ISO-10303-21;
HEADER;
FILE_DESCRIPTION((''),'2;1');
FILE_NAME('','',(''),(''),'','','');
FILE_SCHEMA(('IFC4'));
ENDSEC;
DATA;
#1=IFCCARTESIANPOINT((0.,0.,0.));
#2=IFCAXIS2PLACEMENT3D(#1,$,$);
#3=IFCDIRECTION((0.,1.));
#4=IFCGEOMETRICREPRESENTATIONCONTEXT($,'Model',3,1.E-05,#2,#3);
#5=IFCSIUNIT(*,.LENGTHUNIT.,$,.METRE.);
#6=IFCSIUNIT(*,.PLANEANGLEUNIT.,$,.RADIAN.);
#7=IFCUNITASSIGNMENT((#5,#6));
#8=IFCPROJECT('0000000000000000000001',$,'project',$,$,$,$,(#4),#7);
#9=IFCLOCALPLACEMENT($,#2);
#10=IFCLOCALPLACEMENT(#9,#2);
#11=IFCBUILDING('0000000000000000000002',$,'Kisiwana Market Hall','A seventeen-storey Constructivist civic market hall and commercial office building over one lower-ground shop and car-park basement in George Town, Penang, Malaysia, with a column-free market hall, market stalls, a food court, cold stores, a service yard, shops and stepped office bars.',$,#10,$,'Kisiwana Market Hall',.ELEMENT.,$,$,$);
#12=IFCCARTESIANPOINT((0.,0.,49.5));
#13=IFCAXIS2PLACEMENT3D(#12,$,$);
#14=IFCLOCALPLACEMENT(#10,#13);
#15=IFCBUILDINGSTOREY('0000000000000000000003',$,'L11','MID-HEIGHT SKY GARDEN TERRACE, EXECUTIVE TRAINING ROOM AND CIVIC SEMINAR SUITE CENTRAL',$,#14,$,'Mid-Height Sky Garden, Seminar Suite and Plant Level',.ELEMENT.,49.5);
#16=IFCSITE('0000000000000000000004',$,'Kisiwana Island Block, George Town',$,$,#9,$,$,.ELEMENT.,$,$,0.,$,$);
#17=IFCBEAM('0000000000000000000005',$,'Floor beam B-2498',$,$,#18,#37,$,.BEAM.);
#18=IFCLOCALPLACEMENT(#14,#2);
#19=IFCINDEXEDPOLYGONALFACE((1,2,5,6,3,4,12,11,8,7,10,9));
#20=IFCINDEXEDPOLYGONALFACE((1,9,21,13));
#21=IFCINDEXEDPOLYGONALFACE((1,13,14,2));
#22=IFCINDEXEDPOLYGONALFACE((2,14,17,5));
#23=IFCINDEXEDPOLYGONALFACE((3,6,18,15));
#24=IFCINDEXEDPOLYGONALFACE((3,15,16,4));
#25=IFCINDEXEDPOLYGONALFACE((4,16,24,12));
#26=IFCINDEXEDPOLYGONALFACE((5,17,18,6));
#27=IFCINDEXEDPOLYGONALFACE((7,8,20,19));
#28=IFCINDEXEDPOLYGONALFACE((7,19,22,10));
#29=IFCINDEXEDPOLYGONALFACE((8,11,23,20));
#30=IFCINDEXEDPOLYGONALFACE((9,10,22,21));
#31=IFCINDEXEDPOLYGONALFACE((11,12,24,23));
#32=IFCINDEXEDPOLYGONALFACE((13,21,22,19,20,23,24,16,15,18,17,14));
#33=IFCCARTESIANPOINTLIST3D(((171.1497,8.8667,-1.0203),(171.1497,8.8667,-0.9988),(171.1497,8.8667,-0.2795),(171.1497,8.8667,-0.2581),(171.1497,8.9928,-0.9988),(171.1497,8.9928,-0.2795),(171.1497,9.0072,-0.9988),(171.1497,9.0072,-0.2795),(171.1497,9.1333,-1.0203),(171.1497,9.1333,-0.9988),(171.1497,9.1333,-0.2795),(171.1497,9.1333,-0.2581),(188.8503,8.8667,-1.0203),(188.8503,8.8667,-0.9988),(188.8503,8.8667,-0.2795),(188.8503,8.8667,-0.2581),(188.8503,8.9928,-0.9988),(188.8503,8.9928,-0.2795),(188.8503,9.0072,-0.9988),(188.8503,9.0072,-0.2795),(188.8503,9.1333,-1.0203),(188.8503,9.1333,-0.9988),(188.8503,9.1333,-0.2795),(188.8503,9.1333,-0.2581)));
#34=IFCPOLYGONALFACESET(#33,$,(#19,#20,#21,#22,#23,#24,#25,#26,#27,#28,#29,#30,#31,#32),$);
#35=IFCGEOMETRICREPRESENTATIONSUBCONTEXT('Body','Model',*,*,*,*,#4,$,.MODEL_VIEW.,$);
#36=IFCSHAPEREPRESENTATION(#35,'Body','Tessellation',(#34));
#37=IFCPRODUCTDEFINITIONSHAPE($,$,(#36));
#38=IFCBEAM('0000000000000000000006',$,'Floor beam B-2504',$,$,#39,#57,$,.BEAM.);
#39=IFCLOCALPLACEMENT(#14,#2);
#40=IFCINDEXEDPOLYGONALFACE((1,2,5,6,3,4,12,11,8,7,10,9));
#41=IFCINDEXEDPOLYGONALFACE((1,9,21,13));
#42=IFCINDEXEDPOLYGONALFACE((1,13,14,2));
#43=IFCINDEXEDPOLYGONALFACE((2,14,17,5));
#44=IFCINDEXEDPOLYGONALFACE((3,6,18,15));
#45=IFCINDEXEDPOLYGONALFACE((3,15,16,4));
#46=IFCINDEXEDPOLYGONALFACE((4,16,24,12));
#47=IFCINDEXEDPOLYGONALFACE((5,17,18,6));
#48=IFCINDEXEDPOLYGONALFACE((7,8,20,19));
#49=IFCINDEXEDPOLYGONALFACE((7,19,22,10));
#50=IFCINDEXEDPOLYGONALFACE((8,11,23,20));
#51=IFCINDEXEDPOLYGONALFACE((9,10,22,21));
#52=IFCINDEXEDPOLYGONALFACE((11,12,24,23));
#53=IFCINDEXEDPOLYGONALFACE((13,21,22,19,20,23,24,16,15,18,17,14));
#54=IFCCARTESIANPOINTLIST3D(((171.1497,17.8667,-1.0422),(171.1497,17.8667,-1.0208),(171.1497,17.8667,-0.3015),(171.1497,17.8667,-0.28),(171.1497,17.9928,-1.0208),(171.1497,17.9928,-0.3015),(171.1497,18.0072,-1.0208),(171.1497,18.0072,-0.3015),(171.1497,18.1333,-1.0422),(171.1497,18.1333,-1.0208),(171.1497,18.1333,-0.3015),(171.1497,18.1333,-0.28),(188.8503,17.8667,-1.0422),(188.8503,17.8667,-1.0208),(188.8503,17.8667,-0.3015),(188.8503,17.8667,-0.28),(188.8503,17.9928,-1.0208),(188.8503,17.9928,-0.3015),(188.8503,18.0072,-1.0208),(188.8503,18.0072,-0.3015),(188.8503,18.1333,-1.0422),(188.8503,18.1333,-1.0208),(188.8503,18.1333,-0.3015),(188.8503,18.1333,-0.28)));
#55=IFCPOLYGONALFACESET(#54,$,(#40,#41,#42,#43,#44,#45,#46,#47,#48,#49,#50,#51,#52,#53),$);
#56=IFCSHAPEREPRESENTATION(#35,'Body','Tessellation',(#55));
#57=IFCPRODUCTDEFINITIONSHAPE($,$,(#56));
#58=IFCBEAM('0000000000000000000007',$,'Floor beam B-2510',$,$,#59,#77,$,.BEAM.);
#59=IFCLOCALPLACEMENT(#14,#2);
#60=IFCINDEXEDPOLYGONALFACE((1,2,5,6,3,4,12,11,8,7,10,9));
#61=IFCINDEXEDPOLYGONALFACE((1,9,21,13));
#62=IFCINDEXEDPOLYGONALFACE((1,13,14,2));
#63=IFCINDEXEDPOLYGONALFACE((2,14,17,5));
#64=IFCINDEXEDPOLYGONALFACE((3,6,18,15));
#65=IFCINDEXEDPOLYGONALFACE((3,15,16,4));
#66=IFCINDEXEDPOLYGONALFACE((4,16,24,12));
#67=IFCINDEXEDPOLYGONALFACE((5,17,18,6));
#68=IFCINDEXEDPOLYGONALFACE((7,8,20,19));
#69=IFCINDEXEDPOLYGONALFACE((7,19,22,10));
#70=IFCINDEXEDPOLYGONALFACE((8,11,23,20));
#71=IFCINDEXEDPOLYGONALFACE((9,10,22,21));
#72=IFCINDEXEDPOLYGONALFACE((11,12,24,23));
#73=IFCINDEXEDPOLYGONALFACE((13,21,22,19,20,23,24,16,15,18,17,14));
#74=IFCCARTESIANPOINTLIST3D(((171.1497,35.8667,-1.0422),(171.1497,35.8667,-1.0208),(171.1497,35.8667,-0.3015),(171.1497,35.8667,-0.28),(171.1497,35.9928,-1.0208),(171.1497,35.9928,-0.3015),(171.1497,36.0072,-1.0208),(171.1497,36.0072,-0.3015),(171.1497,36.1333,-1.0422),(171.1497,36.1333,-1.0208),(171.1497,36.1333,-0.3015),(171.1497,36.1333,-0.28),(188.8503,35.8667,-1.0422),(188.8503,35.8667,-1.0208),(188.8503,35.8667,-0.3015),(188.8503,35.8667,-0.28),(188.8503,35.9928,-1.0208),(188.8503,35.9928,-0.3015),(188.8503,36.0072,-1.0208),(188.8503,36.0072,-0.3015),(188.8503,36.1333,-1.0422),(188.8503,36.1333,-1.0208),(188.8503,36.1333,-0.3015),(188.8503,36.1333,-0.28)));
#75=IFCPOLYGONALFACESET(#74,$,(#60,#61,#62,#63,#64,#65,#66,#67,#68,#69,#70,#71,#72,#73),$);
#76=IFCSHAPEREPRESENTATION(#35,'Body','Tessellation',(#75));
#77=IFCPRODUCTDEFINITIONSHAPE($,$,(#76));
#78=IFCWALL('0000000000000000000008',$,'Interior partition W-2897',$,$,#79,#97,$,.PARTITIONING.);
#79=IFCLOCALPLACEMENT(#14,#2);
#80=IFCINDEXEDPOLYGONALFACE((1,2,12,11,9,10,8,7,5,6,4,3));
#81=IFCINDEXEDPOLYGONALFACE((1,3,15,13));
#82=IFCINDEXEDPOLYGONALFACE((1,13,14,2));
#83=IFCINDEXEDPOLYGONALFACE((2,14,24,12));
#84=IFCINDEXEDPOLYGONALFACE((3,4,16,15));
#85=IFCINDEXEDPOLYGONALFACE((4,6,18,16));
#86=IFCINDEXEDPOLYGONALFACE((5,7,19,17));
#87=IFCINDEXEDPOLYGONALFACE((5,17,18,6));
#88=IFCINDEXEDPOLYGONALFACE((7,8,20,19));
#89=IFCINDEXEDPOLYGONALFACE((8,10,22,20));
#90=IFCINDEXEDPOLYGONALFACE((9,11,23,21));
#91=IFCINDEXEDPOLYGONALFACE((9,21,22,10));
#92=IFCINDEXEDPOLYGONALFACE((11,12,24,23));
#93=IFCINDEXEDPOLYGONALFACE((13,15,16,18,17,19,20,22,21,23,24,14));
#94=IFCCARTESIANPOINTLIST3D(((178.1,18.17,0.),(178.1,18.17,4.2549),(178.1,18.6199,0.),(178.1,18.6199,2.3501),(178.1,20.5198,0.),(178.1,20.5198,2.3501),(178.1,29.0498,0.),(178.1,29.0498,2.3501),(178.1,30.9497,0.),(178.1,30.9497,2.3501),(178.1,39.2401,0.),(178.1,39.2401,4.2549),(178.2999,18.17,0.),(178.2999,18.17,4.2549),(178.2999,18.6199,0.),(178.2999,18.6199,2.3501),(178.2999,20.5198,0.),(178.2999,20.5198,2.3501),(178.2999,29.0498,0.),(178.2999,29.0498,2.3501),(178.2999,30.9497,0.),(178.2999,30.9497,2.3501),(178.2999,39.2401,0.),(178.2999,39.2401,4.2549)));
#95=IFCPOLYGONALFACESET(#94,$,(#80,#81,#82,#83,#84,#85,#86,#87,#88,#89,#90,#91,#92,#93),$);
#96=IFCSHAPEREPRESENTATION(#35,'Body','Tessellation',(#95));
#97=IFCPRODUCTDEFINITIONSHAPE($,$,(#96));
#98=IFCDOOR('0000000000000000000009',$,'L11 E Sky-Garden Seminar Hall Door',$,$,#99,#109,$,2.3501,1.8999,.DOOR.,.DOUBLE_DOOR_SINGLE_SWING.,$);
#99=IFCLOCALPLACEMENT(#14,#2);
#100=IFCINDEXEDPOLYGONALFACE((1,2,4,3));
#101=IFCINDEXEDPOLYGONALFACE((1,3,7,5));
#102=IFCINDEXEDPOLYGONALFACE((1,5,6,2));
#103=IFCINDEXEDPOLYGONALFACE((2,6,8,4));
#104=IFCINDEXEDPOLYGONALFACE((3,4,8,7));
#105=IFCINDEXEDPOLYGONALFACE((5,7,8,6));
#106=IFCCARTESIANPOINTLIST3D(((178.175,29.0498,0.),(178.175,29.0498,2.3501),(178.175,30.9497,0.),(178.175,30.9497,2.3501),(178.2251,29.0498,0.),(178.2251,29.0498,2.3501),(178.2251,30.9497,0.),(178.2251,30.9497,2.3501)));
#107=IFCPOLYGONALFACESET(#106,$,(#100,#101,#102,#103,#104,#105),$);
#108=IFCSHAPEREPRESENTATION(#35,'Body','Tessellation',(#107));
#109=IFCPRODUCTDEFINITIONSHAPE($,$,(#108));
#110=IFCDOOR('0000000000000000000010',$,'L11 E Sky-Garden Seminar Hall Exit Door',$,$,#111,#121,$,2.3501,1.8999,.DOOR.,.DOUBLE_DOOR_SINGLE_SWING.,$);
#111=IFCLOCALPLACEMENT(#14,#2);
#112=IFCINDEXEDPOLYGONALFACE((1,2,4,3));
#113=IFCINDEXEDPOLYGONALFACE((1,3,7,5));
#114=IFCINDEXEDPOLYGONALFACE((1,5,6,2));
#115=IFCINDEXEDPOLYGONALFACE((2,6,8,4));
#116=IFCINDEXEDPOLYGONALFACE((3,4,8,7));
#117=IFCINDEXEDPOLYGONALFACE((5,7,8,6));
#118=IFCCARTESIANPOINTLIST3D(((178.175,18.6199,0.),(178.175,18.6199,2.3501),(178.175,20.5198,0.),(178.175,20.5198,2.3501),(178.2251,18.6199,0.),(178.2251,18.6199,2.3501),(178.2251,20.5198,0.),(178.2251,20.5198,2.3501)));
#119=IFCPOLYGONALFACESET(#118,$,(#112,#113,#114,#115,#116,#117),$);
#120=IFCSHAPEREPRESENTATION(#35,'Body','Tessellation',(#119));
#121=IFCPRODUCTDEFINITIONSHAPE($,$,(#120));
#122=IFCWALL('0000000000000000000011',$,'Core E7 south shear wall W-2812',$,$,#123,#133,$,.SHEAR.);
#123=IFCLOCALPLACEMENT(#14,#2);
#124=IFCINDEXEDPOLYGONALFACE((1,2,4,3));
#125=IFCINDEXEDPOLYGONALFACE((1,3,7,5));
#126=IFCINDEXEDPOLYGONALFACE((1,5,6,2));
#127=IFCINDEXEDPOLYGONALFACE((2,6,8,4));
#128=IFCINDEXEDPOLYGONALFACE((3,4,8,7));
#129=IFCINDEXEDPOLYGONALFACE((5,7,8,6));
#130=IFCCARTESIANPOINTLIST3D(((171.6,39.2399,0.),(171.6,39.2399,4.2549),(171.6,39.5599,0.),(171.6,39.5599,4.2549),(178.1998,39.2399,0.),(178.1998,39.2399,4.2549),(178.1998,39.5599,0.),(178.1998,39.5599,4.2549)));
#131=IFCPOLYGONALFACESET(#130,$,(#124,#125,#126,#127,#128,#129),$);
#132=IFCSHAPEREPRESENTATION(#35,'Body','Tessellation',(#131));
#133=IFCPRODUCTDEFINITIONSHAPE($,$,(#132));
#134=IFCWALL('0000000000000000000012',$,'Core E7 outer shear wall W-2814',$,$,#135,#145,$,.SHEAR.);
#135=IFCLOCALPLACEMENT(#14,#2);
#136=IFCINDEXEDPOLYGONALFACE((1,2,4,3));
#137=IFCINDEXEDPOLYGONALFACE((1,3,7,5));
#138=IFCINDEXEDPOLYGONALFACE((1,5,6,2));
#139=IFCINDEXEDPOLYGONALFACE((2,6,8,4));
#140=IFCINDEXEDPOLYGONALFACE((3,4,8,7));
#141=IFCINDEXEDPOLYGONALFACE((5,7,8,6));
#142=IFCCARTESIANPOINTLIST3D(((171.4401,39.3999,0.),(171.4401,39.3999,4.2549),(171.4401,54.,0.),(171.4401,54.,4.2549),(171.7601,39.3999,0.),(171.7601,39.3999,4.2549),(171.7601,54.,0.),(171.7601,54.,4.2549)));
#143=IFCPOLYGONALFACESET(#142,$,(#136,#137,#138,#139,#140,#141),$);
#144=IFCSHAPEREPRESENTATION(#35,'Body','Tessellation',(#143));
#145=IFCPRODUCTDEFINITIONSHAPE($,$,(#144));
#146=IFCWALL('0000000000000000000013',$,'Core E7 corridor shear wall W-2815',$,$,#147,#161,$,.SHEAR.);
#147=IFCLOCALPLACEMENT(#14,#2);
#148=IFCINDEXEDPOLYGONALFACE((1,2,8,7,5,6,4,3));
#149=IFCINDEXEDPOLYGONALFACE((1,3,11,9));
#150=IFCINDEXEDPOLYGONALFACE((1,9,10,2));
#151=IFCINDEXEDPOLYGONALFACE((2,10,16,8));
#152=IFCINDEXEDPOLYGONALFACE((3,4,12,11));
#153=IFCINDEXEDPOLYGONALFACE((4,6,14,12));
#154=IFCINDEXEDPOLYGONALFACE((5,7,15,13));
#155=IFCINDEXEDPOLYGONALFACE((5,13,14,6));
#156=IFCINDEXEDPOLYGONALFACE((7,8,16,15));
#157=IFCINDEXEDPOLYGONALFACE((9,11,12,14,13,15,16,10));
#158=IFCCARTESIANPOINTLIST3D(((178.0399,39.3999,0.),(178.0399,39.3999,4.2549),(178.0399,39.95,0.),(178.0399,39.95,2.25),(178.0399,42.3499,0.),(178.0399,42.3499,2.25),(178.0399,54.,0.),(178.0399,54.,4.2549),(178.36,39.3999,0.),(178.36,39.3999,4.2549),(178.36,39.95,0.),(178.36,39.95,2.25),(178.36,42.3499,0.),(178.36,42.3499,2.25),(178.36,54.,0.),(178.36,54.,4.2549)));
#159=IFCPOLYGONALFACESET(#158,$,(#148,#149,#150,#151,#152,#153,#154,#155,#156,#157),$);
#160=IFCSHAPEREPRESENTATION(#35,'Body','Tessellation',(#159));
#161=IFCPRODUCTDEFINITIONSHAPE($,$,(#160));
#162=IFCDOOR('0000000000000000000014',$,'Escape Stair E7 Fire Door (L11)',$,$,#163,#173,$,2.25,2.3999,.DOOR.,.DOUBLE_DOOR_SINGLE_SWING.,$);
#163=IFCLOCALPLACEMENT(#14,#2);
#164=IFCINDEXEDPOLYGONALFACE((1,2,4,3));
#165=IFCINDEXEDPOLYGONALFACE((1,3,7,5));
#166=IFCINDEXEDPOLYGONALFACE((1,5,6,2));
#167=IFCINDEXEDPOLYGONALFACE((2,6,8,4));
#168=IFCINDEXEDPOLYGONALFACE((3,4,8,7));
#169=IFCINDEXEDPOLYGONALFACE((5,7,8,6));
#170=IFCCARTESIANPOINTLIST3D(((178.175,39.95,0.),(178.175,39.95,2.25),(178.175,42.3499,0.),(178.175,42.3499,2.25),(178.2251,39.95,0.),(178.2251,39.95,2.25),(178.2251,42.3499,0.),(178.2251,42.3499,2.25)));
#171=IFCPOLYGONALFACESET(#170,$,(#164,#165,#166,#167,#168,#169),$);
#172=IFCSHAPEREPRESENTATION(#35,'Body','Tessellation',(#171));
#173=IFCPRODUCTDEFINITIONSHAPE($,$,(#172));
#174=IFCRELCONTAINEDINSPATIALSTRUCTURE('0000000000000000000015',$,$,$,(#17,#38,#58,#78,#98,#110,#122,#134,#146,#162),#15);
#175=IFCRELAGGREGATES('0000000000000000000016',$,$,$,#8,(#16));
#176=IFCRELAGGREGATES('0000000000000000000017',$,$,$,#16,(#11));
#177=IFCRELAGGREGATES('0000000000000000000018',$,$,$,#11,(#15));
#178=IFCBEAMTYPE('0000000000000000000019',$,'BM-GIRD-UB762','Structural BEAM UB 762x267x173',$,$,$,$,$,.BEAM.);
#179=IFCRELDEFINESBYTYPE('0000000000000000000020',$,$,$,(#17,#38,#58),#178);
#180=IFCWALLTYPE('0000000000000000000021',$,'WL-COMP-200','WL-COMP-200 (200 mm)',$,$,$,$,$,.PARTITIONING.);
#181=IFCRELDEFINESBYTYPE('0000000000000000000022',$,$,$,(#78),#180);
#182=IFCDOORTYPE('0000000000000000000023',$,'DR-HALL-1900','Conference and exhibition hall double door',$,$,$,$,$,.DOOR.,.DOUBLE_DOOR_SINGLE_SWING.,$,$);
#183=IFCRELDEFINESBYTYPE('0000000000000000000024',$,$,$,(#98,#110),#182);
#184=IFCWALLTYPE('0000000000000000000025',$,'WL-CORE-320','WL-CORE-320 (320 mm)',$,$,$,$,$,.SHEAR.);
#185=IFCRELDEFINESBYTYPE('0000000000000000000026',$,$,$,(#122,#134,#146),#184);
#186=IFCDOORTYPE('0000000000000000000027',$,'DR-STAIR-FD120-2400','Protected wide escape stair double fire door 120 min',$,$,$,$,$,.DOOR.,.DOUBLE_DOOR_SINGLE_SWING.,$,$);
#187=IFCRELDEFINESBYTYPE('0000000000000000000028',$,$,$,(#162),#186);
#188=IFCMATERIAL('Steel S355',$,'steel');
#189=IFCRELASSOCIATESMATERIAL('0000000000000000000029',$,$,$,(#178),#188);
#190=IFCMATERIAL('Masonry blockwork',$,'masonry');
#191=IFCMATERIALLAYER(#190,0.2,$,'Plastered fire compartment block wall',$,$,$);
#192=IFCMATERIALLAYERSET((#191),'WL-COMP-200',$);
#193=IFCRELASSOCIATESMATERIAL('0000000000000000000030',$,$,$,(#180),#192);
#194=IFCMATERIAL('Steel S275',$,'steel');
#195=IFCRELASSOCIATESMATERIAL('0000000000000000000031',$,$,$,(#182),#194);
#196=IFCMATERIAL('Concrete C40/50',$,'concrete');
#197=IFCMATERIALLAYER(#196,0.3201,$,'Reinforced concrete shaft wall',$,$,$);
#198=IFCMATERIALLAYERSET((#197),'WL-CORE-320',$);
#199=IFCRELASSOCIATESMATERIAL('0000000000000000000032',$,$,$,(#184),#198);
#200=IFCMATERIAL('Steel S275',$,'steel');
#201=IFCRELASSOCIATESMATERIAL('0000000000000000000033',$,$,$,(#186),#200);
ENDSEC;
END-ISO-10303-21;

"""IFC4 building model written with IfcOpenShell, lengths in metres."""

from ifc_helpers import new_model, si_unit, direction, frame, frame_2d, origin, origin_2d, place, context, subcontext, project, spatial, rectangle, i_section, extrude, material, layer, layer_set, material_profile, profile_set, type_object, element, fill, save


model = new_model("IFC4")

# Units and contexts
model_context = context("Model", 3, precision=1e-05, world=origin(), true_north=direction((0.0, 1.0)))
body_context = subcontext(model_context, "Body", "Model", "MODEL_VIEW")
ifc_project = project(units=[si_unit("LENGTHUNIT", "METRE"), si_unit("PLANEANGLEUNIT", "RADIAN")], contexts=[model_context])

# Site, building, storey
site_placement = place(None, origin())
site = spatial("IfcSite", under=ifc_project, at=site_placement, Name="Kisiwana Island Block, George Town", CompositionType="ELEMENT", RefElevation=0.0)
building_placement = place(site_placement, origin())
building = spatial("IfcBuilding", under=site, at=building_placement, Name="Kisiwana Market Hall", Description="A seventeen-storey Constructivist civic market hall and commercial office building over one lower-ground shop and car-park basement in George Town, Penang, Malaysia, with a column-free market hall, market stalls, a food court, cold stores, a service yard, shops and stepped office bars.", LongName="Kisiwana Market Hall", CompositionType="ELEMENT")
storey_placement = place(building_placement, frame((0.0, 0.0, 49.5)))
storey = spatial("IfcBuildingStorey", under=building, at=storey_placement, Name="L11", Description="MID-HEIGHT SKY GARDEN TERRACE, EXECUTIVE TRAINING ROOM AND CIVIC SEMINAR SUITE CENTRAL", LongName="Mid-Height Sky Garden, Seminar Suite and Plant Level", CompositionType="ELEMENT", Elevation=49.5)

# Beams
ifc_material_1 = material(Name="Steel S355", Category="steel")
ifc_material_profile = material_profile(ifc_material_1, i_section(OverallWidth=0.2666, OverallDepth=0.7622, WebThickness=0.0144, FlangeThickness=0.0215, at=origin_2d()), Name="UB 762x267x173")
ifc_profile_set = profile_set([ifc_material_profile], Name="Steel S355")
beam_type = type_object("IfcBeamType", Name="BM-GIRD-UB762", Description="Structural BEAM UB 762x267x173", PredefinedType="BEAM", material=ifc_profile_set)
for number, where, z_axis, x_axis, name in (
    (1, (171.1497, 9.0, -0.6392), (1.0, 0.0, 0.0), (0.0, 1.0, 0.0), "Floor beam B-2498"),
    (2, (171.1497, 18.0, -0.6611), (1.0, 0.0, 0.0), (0.0, 1.0, 0.0), "Floor beam B-2504"),
    (3, (171.1497, 36.0, -0.6611), (1.0, 0.0, 0.0), (0.0, 1.0, 0.0), "Floor beam B-2510"),
):
    element("IfcBeam", number, at=place(storey_placement, frame(where, z_axis=z_axis, x_axis=x_axis)), inside=storey, type_object=beam_type, Name=name, PredefinedType="BEAM", context=body_context, shape_type="SweptSolid", body=[
        extrude(i_section(OverallWidth=0.2666, OverallDepth=0.7622, WebThickness=0.0144, FlangeThickness=0.0215, at=origin_2d()), origin(), (0.0, 0.0, 1.0), 17.7007),
    ])

# Wall, openings, doors
ifc_material_2 = material(Name="Masonry blockwork", Category="masonry")
ifc_layer_1 = layer(ifc_material_2, 0.2, Name="Plastered fire compartment block wall")
ifc_layer_set_1 = layer_set([ifc_layer_1], Name="WL-COMP-200")
wall_type_1 = type_object("IfcWallType", Name="WL-COMP-200", Description="WL-COMP-200 (200 mm)", PredefinedType="PARTITIONING", material=ifc_layer_set_1)
wall_1_placement = place(storey_placement, frame((178.2, 18.1699, 0.0), z_axis=(0.0, 0.0, 1.0), x_axis=(0.0, 1.0, 0.0)))
wall_1 = element("IfcWall", 4, at=wall_1_placement, inside=storey, type_object=wall_type_1, Name="Interior partition W-2897", PredefinedType="PARTITIONING", context=body_context, shape_type="SweptSolid", body=[
    extrude(rectangle(XDim=21.0701, YDim=0.2, at=frame_2d((10.5352, 0.0))), origin(), (0.0, 0.0, 1.0), 4.2549),
])
opening_1_placement = place(wall_1_placement, frame((10.8799, 0.0, 0.0)))
opening_1 = element("IfcOpeningElement", 5, at=opening_1_placement, cuts=wall_1, PredefinedType="OPENING", context=body_context, shape_type="SweptSolid", body=[
    extrude(rectangle(XDim=1.8999, YDim=2.3501, at=frame_2d((0.95, 1.175))), frame((0.0, 0.1118, 0.0), z_axis=(0.0, -1.0, 0.0), x_axis=(1.0, 0.0, 0.0)), (0.0, 0.0, 1.0), 0.2239),
])
opening_2_placement = place(wall_1_placement, frame((0.45, 0.0, 0.0)))
opening_2 = element("IfcOpeningElement", 6, at=opening_2_placement, cuts=wall_1, PredefinedType="OPENING", context=body_context, shape_type="SweptSolid", body=[
    extrude(rectangle(XDim=1.8999, YDim=2.3501, at=frame_2d((0.95, 1.175))), frame((0.0, 0.1118, 0.0), z_axis=(0.0, -1.0, 0.0), x_axis=(1.0, 0.0, 0.0)), (0.0, 0.0, 1.0), 0.2239),
])
ifc_material_3 = material(Name="Steel S275", Category="steel")
door_type_1 = type_object("IfcDoorType", Name="DR-HALL-1900", Description="Conference and exhibition hall double door", OperationType="DOUBLE_DOOR_SINGLE_SWING", PredefinedType="DOOR", material=ifc_material_3)
door_1_placement = place(opening_1_placement, origin())
door_1 = element("IfcDoor", 7, at=door_1_placement, inside=storey, type_object=door_type_1, Name="L11 E Sky-Garden Seminar Hall Door", OperationType="DOUBLE_DOOR_SINGLE_SWING", OverallHeight=2.3501, OverallWidth=1.8999, PredefinedType="DOOR", context=body_context, shape_type="SweptSolid", body=[
    extrude(rectangle(XDim=1.8999, YDim=2.3501, at=frame_2d((0.95, 1.175))), frame((0.0, 0.0249, 0.0), z_axis=(0.0, -1.0, 0.0), x_axis=(1.0, 0.0, 0.0)), (0.0, 0.0, 1.0), 0.05),
])
fill(opening_1, door_1)
door_2_placement = place(opening_2_placement, origin())
door_2 = element("IfcDoor", 8, at=door_2_placement, inside=storey, type_object=door_type_1, Name="L11 E Sky-Garden Seminar Hall Exit Door", OperationType="DOUBLE_DOOR_SINGLE_SWING", OverallHeight=2.3501, OverallWidth=1.8999, PredefinedType="DOOR", context=body_context, shape_type="SweptSolid", body=[
    extrude(rectangle(XDim=1.8999, YDim=2.3501, at=frame_2d((0.95, 1.175))), frame((0.0, 0.0249, 0.0), z_axis=(0.0, -1.0, 0.0), x_axis=(1.0, 0.0, 0.0)), (0.0, 0.0, 1.0), 0.05),
])
fill(opening_2, door_2)

# Walls
ifc_material_4 = material(Name="Concrete C40/50", Category="concrete")
ifc_layer_2 = layer(ifc_material_4, 0.3201, Name="Reinforced concrete shaft wall")
ifc_layer_set_2 = layer_set([ifc_layer_2], Name="WL-CORE-320")
wall_type_2 = type_object("IfcWallType", Name="WL-CORE-320", Description="WL-CORE-320 (320 mm)", PredefinedType="SHEAR", material=ifc_layer_set_2)
wall_2_placement = place(storey_placement, frame((171.6001, 39.3999, 0.0), z_axis=(0.0, 0.0, 1.0), x_axis=(1.0, 0.0, 0.0)))
element("IfcWall", 9, at=wall_2_placement, inside=storey, type_object=wall_type_2, Name="Core E7 south shear wall W-2812", PredefinedType="SHEAR", context=body_context, shape_type="SweptSolid", body=[
    extrude(rectangle(XDim=6.5999, YDim=0.3201, at=frame_2d((3.2998, 0.0))), origin(), (0.0, 0.0, 1.0), 4.2549),
])
wall_3_placement = place(storey_placement, frame((171.6001, 39.3999, 0.0), z_axis=(0.0, 0.0, 1.0), x_axis=(0.0, 1.0, 0.0)))
element("IfcWall", 10, at=wall_3_placement, inside=storey, type_object=wall_type_2, Name="Core E7 outer shear wall W-2814", PredefinedType="SHEAR", context=body_context, shape_type="SweptSolid", body=[
    extrude(rectangle(XDim=14.6001, YDim=0.3201, at=frame_2d((7.3, 0.0))), origin(), (0.0, 0.0, 1.0), 4.2549),
])

# Wall, opening, door
wall_4_placement = place(storey_placement, frame((178.2, 39.3999, 0.0), z_axis=(0.0, 0.0, 1.0), x_axis=(0.0, 1.0, 0.0)))
wall_4 = element("IfcWall", 11, at=wall_4_placement, inside=storey, type_object=wall_type_2, Name="Core E7 corridor shear wall W-2815", PredefinedType="SHEAR", context=body_context, shape_type="SweptSolid", body=[
    extrude(rectangle(XDim=14.6001, YDim=0.3201, at=frame_2d((7.3, 0.0))), origin(), (0.0, 0.0, 1.0), 4.2549),
])
opening_3_placement = place(wall_4_placement, frame((0.55, 0.0, 0.0)))
opening_3 = element("IfcOpeningElement", 12, at=opening_3_placement, cuts=wall_4, PredefinedType="OPENING", context=body_context, shape_type="SweptSolid", body=[
    extrude(rectangle(XDim=2.3999, YDim=2.25, at=frame_2d((1.2, 1.125))), frame((0.0, 0.1719, 0.0), z_axis=(0.0, -1.0, 0.0), x_axis=(1.0, 0.0, 0.0)), (0.0, 0.0, 1.0), 0.344),
])
ifc_material_5 = material(Name="Steel S275", Category="steel")
door_type_2 = type_object("IfcDoorType", Name="DR-STAIR-FD120-2400", Description="Protected wide escape stair double fire door 120 min", OperationType="DOUBLE_DOOR_SINGLE_SWING", PredefinedType="DOOR", material=ifc_material_5)
door_3_placement = place(opening_3_placement, origin())
door_3 = element("IfcDoor", 13, at=door_3_placement, inside=storey, type_object=door_type_2, Name="Escape Stair E7 Fire Door (L11)", OperationType="DOUBLE_DOOR_SINGLE_SWING", OverallHeight=2.25, OverallWidth=2.3999, PredefinedType="DOOR", context=body_context, shape_type="SweptSolid", body=[
    extrude(rectangle(XDim=2.3999, YDim=2.25, at=frame_2d((1.2, 1.125))), frame((0.0, 0.0249, 0.0), z_axis=(0.0, -1.0, 0.0), x_axis=(1.0, 0.0, 0.0)), (0.0, 0.0, 1.0), 0.05),
])
fill(opening_3, door_3)

save(model, "model.ifc")
